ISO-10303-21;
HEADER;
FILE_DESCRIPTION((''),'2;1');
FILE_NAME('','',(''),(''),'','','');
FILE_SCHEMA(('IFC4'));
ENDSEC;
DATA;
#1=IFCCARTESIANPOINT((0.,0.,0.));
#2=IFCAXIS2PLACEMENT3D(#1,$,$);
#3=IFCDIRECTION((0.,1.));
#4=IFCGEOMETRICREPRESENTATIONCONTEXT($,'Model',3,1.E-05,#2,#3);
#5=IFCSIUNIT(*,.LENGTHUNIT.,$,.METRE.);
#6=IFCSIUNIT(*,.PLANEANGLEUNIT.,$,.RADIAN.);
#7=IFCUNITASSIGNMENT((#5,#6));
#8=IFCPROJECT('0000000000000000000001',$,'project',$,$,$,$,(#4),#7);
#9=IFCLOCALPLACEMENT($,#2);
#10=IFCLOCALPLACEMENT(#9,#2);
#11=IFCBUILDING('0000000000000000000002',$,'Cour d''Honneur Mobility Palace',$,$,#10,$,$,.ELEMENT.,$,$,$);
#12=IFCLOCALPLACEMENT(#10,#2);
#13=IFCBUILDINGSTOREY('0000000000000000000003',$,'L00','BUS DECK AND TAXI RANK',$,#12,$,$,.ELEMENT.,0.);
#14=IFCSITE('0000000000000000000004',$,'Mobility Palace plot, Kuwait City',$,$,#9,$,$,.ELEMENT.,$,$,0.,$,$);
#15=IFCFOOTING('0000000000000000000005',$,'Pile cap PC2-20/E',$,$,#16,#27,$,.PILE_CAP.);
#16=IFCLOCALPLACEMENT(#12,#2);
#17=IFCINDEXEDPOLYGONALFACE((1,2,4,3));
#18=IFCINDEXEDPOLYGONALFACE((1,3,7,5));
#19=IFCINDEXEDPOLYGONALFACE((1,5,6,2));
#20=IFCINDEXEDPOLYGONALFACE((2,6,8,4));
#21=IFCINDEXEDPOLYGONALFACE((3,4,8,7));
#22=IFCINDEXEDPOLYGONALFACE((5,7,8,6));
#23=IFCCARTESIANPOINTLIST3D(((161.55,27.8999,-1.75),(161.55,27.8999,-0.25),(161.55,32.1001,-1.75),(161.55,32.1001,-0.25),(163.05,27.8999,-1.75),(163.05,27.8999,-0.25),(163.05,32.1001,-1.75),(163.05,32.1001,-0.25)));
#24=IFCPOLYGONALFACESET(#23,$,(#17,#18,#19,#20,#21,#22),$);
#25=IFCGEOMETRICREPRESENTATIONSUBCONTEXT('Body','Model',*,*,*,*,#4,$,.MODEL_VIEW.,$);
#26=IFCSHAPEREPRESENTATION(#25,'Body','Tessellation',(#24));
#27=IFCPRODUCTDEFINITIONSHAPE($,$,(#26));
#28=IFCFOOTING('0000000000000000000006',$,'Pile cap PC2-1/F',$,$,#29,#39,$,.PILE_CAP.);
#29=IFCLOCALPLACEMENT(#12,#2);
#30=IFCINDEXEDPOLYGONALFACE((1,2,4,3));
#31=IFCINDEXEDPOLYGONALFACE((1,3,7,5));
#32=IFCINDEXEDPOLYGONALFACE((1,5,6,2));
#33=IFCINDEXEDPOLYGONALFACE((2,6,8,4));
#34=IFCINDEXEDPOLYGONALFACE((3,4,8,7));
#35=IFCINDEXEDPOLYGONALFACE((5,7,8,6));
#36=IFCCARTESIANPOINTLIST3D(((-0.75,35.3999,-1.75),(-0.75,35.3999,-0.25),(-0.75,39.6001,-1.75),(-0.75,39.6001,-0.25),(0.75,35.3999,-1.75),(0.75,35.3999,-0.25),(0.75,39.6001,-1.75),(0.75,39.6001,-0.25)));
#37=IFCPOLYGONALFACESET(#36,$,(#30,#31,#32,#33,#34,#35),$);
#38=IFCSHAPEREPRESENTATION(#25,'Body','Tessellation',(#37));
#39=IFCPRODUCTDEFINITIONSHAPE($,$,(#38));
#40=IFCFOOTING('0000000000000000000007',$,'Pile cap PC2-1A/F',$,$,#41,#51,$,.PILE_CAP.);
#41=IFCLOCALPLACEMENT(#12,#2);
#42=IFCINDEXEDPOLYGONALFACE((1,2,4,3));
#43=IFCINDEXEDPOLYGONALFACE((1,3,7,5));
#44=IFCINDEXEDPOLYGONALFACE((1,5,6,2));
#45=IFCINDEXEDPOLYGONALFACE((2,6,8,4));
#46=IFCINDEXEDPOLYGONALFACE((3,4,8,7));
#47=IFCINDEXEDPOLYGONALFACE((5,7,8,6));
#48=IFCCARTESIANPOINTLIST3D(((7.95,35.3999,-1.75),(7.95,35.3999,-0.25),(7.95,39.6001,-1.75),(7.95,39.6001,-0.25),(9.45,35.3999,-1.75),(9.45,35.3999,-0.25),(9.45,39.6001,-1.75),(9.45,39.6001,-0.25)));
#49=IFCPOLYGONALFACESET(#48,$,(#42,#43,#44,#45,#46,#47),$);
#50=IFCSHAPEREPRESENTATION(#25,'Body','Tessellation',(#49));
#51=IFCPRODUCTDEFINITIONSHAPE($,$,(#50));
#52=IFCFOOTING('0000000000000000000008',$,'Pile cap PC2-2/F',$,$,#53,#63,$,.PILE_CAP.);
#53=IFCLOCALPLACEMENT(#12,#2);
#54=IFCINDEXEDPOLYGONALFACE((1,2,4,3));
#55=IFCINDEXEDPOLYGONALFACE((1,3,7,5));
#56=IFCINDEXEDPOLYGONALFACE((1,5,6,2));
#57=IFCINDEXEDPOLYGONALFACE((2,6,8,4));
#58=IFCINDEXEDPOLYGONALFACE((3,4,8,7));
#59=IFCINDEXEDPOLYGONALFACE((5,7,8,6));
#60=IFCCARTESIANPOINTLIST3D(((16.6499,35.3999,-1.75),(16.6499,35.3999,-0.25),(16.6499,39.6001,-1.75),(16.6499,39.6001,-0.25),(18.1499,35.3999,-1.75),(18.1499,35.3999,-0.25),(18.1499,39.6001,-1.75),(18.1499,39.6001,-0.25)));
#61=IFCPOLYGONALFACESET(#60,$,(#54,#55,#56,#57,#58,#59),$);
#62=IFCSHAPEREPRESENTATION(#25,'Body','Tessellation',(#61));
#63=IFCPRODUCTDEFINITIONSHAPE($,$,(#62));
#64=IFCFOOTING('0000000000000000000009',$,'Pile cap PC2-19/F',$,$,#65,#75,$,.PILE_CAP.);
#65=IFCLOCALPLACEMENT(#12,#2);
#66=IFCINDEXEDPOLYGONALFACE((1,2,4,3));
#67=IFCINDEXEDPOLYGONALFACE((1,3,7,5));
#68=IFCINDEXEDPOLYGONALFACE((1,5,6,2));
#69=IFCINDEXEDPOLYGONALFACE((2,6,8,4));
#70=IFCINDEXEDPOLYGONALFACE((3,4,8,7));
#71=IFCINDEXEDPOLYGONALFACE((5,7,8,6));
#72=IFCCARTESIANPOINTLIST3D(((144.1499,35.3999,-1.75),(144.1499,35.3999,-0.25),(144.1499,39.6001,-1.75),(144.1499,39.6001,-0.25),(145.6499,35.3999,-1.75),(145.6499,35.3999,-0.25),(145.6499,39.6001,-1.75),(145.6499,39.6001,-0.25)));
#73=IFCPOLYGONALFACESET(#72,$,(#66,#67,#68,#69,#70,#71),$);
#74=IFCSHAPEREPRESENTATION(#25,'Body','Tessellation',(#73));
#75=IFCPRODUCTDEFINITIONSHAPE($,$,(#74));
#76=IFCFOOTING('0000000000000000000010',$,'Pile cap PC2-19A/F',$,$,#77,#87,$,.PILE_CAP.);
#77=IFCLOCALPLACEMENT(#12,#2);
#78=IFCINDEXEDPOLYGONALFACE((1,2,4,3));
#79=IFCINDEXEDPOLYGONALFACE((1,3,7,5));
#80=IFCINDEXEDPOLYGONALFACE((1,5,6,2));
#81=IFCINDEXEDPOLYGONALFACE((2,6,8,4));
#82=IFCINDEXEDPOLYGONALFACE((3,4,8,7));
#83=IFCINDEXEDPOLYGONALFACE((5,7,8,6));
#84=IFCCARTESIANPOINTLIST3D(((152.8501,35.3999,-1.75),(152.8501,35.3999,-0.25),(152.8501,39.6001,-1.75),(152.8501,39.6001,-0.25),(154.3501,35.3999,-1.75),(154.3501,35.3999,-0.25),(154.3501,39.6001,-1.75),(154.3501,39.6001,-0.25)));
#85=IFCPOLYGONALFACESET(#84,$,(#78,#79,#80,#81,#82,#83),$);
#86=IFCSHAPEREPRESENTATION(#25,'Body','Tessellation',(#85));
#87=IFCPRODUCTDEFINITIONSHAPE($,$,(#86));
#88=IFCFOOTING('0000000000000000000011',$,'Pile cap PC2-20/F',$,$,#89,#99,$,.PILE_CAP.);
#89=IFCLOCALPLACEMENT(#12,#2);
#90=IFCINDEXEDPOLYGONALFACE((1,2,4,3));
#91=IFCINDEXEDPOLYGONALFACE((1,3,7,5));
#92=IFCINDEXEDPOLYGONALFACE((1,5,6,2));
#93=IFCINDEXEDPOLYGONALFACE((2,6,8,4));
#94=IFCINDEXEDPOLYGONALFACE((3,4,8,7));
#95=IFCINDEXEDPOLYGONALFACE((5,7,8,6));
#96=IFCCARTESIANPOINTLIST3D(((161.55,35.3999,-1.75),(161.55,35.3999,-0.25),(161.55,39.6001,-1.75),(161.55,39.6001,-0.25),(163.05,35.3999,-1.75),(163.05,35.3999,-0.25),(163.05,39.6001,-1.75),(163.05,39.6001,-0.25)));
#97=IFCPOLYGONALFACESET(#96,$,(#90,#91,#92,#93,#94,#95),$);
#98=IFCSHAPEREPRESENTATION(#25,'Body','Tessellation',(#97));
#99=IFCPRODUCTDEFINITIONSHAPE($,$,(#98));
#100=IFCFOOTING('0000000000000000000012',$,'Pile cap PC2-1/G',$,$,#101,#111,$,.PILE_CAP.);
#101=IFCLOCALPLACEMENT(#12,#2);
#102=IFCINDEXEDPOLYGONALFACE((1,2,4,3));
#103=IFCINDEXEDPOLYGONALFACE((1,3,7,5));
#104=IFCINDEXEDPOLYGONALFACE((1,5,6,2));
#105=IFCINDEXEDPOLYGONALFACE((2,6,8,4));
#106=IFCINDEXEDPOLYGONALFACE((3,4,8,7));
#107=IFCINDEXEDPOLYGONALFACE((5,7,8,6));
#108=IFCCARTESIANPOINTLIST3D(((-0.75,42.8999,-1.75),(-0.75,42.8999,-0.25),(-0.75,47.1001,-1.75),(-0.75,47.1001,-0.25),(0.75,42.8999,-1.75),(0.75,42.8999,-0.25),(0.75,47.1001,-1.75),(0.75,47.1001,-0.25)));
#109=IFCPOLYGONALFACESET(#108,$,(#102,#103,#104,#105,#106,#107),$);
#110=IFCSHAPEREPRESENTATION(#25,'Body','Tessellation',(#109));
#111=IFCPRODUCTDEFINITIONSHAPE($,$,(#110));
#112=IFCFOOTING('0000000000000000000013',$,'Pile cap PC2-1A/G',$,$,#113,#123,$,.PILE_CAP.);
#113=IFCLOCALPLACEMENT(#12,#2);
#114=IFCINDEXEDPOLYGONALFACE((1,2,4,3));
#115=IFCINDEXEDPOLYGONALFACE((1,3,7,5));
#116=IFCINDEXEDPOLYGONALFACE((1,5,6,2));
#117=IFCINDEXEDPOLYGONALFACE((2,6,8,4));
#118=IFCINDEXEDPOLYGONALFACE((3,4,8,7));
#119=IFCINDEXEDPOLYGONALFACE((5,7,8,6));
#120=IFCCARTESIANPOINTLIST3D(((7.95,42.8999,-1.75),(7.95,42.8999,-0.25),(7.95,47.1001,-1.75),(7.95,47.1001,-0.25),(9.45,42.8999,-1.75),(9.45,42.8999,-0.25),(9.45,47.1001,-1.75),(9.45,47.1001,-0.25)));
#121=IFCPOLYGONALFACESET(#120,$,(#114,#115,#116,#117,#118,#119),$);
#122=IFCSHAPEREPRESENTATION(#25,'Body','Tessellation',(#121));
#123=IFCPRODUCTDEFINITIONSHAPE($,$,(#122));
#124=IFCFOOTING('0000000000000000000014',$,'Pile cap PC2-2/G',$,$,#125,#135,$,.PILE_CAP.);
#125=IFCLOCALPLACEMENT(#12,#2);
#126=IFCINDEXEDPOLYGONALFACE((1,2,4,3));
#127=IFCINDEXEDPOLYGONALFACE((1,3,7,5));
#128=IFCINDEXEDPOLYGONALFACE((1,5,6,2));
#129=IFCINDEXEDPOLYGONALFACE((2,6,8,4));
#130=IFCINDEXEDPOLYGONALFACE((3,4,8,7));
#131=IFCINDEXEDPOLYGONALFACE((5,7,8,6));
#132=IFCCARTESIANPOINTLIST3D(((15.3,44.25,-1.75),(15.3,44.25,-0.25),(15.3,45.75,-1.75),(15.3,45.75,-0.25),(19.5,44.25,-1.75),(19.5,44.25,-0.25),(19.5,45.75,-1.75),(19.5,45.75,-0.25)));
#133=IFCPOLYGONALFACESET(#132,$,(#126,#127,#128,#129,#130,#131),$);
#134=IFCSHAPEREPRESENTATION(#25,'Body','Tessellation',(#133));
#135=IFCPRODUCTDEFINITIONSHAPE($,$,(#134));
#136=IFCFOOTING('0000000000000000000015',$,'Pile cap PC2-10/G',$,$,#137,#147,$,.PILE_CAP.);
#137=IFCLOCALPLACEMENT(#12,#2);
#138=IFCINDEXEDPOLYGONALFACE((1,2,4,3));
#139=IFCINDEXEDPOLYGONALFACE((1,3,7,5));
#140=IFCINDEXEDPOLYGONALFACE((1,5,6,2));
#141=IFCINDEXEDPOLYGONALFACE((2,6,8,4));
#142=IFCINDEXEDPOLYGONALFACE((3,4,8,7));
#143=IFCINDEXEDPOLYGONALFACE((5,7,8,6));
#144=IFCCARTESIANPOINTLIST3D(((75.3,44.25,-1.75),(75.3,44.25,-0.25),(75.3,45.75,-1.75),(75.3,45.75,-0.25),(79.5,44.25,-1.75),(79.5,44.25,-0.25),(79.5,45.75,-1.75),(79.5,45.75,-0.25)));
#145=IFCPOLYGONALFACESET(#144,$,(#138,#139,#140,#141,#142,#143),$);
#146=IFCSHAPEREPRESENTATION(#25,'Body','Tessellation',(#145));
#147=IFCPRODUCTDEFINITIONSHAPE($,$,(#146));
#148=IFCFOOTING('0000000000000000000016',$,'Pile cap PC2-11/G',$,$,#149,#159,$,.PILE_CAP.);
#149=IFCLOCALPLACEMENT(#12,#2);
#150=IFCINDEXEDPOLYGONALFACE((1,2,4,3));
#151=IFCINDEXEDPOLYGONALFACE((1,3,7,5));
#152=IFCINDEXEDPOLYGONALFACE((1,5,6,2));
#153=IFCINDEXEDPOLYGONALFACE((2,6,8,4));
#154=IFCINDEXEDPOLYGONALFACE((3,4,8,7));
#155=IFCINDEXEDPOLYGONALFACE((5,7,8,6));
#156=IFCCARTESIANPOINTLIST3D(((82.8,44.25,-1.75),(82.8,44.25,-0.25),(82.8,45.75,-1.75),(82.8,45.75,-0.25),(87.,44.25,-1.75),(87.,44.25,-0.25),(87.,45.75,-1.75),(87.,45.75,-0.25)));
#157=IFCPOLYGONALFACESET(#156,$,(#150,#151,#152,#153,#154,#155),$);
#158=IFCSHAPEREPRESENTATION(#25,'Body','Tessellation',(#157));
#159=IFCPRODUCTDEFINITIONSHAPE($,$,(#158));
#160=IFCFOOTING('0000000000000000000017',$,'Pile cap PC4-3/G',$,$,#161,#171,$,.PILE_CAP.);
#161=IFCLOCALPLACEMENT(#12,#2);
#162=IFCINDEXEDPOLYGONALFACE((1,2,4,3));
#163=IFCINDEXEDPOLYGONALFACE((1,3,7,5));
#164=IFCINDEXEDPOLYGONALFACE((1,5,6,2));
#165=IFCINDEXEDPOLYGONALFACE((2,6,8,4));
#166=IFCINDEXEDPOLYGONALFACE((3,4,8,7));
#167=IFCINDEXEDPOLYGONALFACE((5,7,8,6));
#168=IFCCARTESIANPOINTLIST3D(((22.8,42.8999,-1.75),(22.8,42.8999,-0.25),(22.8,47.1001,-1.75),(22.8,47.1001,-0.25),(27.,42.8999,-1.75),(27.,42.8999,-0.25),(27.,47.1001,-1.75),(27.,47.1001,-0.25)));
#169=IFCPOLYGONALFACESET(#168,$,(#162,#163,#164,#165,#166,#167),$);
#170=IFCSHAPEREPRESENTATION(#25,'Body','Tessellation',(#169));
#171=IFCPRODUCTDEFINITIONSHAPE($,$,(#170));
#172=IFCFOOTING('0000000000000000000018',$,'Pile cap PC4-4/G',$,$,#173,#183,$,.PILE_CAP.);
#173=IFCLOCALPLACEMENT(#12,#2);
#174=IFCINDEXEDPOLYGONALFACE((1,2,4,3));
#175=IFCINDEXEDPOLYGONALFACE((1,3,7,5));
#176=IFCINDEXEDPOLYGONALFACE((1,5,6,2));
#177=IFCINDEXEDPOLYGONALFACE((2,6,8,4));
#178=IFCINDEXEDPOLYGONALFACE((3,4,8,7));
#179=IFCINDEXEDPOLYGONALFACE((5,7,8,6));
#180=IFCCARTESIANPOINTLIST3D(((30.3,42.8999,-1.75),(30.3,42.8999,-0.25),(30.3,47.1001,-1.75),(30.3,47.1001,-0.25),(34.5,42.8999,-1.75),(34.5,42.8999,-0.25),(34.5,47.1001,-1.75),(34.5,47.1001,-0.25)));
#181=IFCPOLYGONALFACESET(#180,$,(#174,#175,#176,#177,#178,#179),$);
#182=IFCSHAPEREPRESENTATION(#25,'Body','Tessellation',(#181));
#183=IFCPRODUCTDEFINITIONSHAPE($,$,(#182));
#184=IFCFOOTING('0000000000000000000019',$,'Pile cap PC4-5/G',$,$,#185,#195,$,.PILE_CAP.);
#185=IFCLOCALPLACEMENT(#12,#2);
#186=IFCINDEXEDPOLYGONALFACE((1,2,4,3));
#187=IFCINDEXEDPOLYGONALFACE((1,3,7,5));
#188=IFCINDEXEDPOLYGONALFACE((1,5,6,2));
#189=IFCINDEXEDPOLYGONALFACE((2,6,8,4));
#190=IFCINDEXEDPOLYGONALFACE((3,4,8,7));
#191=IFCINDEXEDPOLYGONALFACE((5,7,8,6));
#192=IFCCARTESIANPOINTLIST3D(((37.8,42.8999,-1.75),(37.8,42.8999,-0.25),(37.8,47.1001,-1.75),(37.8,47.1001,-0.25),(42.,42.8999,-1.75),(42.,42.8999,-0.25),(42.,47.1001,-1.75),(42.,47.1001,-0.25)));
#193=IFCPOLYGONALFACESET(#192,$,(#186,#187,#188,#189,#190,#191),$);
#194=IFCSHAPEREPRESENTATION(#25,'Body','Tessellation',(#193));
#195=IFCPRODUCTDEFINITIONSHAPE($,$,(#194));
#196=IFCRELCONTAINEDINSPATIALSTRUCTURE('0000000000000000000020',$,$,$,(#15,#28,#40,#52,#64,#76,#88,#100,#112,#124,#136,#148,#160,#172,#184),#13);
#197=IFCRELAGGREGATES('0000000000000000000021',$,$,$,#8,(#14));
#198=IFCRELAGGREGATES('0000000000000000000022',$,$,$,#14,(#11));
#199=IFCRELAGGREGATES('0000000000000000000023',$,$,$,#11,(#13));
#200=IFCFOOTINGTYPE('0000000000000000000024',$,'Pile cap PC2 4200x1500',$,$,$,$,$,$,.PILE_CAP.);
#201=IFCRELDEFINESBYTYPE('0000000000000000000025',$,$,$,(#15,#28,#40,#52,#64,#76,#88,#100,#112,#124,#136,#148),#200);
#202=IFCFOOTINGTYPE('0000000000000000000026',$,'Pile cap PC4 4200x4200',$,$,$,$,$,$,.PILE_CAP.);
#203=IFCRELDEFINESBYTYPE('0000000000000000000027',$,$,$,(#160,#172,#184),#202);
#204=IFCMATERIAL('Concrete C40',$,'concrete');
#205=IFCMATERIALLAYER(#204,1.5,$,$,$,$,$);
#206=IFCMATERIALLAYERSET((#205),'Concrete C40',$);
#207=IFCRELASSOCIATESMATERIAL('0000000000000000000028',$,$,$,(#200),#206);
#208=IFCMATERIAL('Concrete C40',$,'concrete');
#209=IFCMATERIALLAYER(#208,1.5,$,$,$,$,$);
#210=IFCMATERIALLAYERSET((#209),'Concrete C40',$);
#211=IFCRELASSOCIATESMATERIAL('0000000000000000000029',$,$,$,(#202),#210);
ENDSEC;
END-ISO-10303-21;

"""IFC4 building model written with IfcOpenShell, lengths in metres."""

from ifc_helpers import new_model, si_unit, direction, frame, origin, place, context, subcontext, project, spatial, polyline, outline, extrude, material, layer, layer_set, type_object, element, save


model = new_model("IFC4")

# Units and contexts
model_context = context("Model", 3, precision=1e-05, world=origin(), true_north=direction((0.0, 1.0)))
body_context = subcontext(model_context, "Body", "Model", "MODEL_VIEW")
ifc_project = project(units=[si_unit("LENGTHUNIT", "METRE"), si_unit("PLANEANGLEUNIT", "RADIAN")], contexts=[model_context])

# Site, building, storey
site_placement = place(None, origin())
site = spatial("IfcSite", under=ifc_project, at=site_placement, Name="Mobility Palace plot, Kuwait City", CompositionType="ELEMENT", RefElevation=0.0)
building_placement = place(site_placement, origin())
building = spatial("IfcBuilding", under=site, at=building_placement, Name="Cour d'Honneur Mobility Palace", CompositionType="ELEMENT")
storey_placement = place(building_placement, origin())
storey = spatial("IfcBuildingStorey", under=building, at=storey_placement, Name="L00", Description="BUS DECK AND TAXI RANK", CompositionType="ELEMENT", Elevation=0.0)

# Footings
ifc_material_1 = material(Name="Concrete C40", Category="concrete")
ifc_layer_1 = layer(ifc_material_1, 1.5)
ifc_layer_set_1 = layer_set([ifc_layer_1], Name="Concrete C40")
footing_type_1 = type_object("IfcFootingType", Name="Pile cap PC2 4200x1500", PredefinedType="PILE_CAP", material=ifc_layer_set_1)
footing_1_placement = place(storey_placement, frame((0.0, 0.0, -1.75)))
element("IfcFooting", 1, at=footing_1_placement, inside=storey, type_object=footing_type_1, Name="Pile cap PC2-20/E", PredefinedType="PILE_CAP", context=body_context, shape_type="SweptSolid", body=[
    extrude(outline(polyline([(161.55, 27.8999), (163.05, 27.8999), (163.05, 32.1001), (161.55, 32.1001), (161.55, 27.8999)])), origin(), (0.0, 0.0, 1.0), 1.5),
])
footing_2_placement = place(storey_placement, frame((0.0, 0.0, -1.75)))
element("IfcFooting", 2, at=footing_2_placement, inside=storey, type_object=footing_type_1, Name="Pile cap PC2-1/F", PredefinedType="PILE_CAP", context=body_context, shape_type="SweptSolid", body=[
    extrude(outline(polyline([(-0.75, 35.3999), (0.75, 35.3999), (0.75, 39.6001), (-0.75, 39.6001), (-0.75, 35.3999)])), origin(), (0.0, 0.0, 1.0), 1.5),
])
footing_3_placement = place(storey_placement, frame((0.0, 0.0, -1.75)))
element("IfcFooting", 3, at=footing_3_placement, inside=storey, type_object=footing_type_1, Name="Pile cap PC2-1A/F", PredefinedType="PILE_CAP", context=body_context, shape_type="SweptSolid", body=[
    extrude(outline(polyline([(7.95, 35.3999), (9.45, 35.3999), (9.45, 39.6001), (7.95, 39.6001), (7.95, 35.3999)])), origin(), (0.0, 0.0, 1.0), 1.5),
])
footing_4_placement = place(storey_placement, frame((0.0, 0.0, -1.75)))
element("IfcFooting", 4, at=footing_4_placement, inside=storey, type_object=footing_type_1, Name="Pile cap PC2-2/F", PredefinedType="PILE_CAP", context=body_context, shape_type="SweptSolid", body=[
    extrude(outline(polyline([(16.6499, 35.3999), (18.1499, 35.3999), (18.1499, 39.6001), (16.6499, 39.6001), (16.6499, 35.3999)])), origin(), (0.0, 0.0, 1.0), 1.5),
])
footing_5_placement = place(storey_placement, frame((0.0, 0.0, -1.75)))
element("IfcFooting", 5, at=footing_5_placement, inside=storey, type_object=footing_type_1, Name="Pile cap PC2-19/F", PredefinedType="PILE_CAP", context=body_context, shape_type="SweptSolid", body=[
    extrude(outline(polyline([(144.1499, 35.3999), (145.6499, 35.3999), (145.6499, 39.6001), (144.1499, 39.6001), (144.1499, 35.3999)])), origin(), (0.0, 0.0, 1.0), 1.5),
])
footing_6_placement = place(storey_placement, frame((0.0, 0.0, -1.75)))
element("IfcFooting", 6, at=footing_6_placement, inside=storey, type_object=footing_type_1, Name="Pile cap PC2-19A/F", PredefinedType="PILE_CAP", context=body_context, shape_type="SweptSolid", body=[
    extrude(outline(polyline([(152.8501, 35.3999), (154.3501, 35.3999), (154.3501, 39.6001), (152.8501, 39.6001), (152.8501, 35.3999)])), origin(), (0.0, 0.0, 1.0), 1.5),
])
footing_7_placement = place(storey_placement, frame((0.0, 0.0, -1.75)))
element("IfcFooting", 7, at=footing_7_placement, inside=storey, type_object=footing_type_1, Name="Pile cap PC2-20/F", PredefinedType="PILE_CAP", context=body_context, shape_type="SweptSolid", body=[
    extrude(outline(polyline([(161.55, 35.3999), (163.05, 35.3999), (163.05, 39.6001), (161.55, 39.6001), (161.55, 35.3999)])), origin(), (0.0, 0.0, 1.0), 1.5),
])
footing_8_placement = place(storey_placement, frame((0.0, 0.0, -1.75)))
element("IfcFooting", 8, at=footing_8_placement, inside=storey, type_object=footing_type_1, Name="Pile cap PC2-1/G", PredefinedType="PILE_CAP", context=body_context, shape_type="SweptSolid", body=[
    extrude(outline(polyline([(-0.75, 42.8999), (0.75, 42.8999), (0.75, 47.1001), (-0.75, 47.1001), (-0.75, 42.8999)])), origin(), (0.0, 0.0, 1.0), 1.5),
])
footing_9_placement = place(storey_placement, frame((0.0, 0.0, -1.75)))
element("IfcFooting", 9, at=footing_9_placement, inside=storey, type_object=footing_type_1, Name="Pile cap PC2-1A/G", PredefinedType="PILE_CAP", context=body_context, shape_type="SweptSolid", body=[
    extrude(outline(polyline([(7.95, 42.8999), (9.45, 42.8999), (9.45, 47.1001), (7.95, 47.1001), (7.95, 42.8999)])), origin(), (0.0, 0.0, 1.0), 1.5),
])
footing_10_placement = place(storey_placement, frame((0.0, 0.0, -1.75)))
element("IfcFooting", 10, at=footing_10_placement, inside=storey, type_object=footing_type_1, Name="Pile cap PC2-2/G", PredefinedType="PILE_CAP", context=body_context, shape_type="SweptSolid", body=[
    extrude(outline(polyline([(15.3, 44.25), (19.5, 44.25), (19.5, 45.75), (15.3, 45.75), (15.3, 44.25)])), origin(), (0.0, 0.0, 1.0), 1.5),
])
footing_11_placement = place(storey_placement, frame((0.0, 0.0, -1.75)))
element("IfcFooting", 11, at=footing_11_placement, inside=storey, type_object=footing_type_1, Name="Pile cap PC2-10/G", PredefinedType="PILE_CAP", context=body_context, shape_type="SweptSolid", body=[
    extrude(outline(polyline([(75.3, 44.25), (79.5, 44.25), (79.5, 45.75), (75.3, 45.75), (75.3, 44.25)])), origin(), (0.0, 0.0, 1.0), 1.5),
])
footing_12_placement = place(storey_placement, frame((0.0, 0.0, -1.75)))
element("IfcFooting", 12, at=footing_12_placement, inside=storey, type_object=footing_type_1, Name="Pile cap PC2-11/G", PredefinedType="PILE_CAP", context=body_context, shape_type="SweptSolid", body=[
    extrude(outline(polyline([(82.8, 44.25), (87.0, 44.25), (87.0, 45.75), (82.8, 45.75), (82.8, 44.25)])), origin(), (0.0, 0.0, 1.0), 1.5),
])
ifc_material_2 = material(Name="Concrete C40", Category="concrete")
ifc_layer_2 = layer(ifc_material_2, 1.5)
ifc_layer_set_2 = layer_set([ifc_layer_2], Name="Concrete C40")
footing_type_2 = type_object("IfcFootingType", Name="Pile cap PC4 4200x4200", PredefinedType="PILE_CAP", material=ifc_layer_set_2)
footing_13_placement = place(storey_placement, frame((0.0, 0.0, -1.75)))
element("IfcFooting", 13, at=footing_13_placement, inside=storey, type_object=footing_type_2, Name="Pile cap PC4-3/G", PredefinedType="PILE_CAP", context=body_context, shape_type="SweptSolid", body=[
    extrude(outline(polyline([(22.8, 42.8999), (27.0, 42.8999), (27.0, 47.1001), (22.8, 47.1001), (22.8, 42.8999)])), origin(), (0.0, 0.0, 1.0), 1.5),
])
footing_14_placement = place(storey_placement, frame((0.0, 0.0, -1.75)))
element("IfcFooting", 14, at=footing_14_placement, inside=storey, type_object=footing_type_2, Name="Pile cap PC4-4/G", PredefinedType="PILE_CAP", context=body_context, shape_type="SweptSolid", body=[
    extrude(outline(polyline([(30.3, 42.8999), (34.5, 42.8999), (34.5, 47.1001), (30.3, 47.1001), (30.3, 42.8999)])), origin(), (0.0, 0.0, 1.0), 1.5),
])
footing_15_placement = place(storey_placement, frame((0.0, 0.0, -1.75)))
element("IfcFooting", 15, at=footing_15_placement, inside=storey, type_object=footing_type_2, Name="Pile cap PC4-5/G", PredefinedType="PILE_CAP", context=body_context, shape_type="SweptSolid", body=[
    extrude(outline(polyline([(37.8, 42.8999), (42.0, 42.8999), (42.0, 47.1001), (37.8, 47.1001), (37.8, 42.8999)])), origin(), (0.0, 0.0, 1.0), 1.5),
])

save(model, "model.ifc")
